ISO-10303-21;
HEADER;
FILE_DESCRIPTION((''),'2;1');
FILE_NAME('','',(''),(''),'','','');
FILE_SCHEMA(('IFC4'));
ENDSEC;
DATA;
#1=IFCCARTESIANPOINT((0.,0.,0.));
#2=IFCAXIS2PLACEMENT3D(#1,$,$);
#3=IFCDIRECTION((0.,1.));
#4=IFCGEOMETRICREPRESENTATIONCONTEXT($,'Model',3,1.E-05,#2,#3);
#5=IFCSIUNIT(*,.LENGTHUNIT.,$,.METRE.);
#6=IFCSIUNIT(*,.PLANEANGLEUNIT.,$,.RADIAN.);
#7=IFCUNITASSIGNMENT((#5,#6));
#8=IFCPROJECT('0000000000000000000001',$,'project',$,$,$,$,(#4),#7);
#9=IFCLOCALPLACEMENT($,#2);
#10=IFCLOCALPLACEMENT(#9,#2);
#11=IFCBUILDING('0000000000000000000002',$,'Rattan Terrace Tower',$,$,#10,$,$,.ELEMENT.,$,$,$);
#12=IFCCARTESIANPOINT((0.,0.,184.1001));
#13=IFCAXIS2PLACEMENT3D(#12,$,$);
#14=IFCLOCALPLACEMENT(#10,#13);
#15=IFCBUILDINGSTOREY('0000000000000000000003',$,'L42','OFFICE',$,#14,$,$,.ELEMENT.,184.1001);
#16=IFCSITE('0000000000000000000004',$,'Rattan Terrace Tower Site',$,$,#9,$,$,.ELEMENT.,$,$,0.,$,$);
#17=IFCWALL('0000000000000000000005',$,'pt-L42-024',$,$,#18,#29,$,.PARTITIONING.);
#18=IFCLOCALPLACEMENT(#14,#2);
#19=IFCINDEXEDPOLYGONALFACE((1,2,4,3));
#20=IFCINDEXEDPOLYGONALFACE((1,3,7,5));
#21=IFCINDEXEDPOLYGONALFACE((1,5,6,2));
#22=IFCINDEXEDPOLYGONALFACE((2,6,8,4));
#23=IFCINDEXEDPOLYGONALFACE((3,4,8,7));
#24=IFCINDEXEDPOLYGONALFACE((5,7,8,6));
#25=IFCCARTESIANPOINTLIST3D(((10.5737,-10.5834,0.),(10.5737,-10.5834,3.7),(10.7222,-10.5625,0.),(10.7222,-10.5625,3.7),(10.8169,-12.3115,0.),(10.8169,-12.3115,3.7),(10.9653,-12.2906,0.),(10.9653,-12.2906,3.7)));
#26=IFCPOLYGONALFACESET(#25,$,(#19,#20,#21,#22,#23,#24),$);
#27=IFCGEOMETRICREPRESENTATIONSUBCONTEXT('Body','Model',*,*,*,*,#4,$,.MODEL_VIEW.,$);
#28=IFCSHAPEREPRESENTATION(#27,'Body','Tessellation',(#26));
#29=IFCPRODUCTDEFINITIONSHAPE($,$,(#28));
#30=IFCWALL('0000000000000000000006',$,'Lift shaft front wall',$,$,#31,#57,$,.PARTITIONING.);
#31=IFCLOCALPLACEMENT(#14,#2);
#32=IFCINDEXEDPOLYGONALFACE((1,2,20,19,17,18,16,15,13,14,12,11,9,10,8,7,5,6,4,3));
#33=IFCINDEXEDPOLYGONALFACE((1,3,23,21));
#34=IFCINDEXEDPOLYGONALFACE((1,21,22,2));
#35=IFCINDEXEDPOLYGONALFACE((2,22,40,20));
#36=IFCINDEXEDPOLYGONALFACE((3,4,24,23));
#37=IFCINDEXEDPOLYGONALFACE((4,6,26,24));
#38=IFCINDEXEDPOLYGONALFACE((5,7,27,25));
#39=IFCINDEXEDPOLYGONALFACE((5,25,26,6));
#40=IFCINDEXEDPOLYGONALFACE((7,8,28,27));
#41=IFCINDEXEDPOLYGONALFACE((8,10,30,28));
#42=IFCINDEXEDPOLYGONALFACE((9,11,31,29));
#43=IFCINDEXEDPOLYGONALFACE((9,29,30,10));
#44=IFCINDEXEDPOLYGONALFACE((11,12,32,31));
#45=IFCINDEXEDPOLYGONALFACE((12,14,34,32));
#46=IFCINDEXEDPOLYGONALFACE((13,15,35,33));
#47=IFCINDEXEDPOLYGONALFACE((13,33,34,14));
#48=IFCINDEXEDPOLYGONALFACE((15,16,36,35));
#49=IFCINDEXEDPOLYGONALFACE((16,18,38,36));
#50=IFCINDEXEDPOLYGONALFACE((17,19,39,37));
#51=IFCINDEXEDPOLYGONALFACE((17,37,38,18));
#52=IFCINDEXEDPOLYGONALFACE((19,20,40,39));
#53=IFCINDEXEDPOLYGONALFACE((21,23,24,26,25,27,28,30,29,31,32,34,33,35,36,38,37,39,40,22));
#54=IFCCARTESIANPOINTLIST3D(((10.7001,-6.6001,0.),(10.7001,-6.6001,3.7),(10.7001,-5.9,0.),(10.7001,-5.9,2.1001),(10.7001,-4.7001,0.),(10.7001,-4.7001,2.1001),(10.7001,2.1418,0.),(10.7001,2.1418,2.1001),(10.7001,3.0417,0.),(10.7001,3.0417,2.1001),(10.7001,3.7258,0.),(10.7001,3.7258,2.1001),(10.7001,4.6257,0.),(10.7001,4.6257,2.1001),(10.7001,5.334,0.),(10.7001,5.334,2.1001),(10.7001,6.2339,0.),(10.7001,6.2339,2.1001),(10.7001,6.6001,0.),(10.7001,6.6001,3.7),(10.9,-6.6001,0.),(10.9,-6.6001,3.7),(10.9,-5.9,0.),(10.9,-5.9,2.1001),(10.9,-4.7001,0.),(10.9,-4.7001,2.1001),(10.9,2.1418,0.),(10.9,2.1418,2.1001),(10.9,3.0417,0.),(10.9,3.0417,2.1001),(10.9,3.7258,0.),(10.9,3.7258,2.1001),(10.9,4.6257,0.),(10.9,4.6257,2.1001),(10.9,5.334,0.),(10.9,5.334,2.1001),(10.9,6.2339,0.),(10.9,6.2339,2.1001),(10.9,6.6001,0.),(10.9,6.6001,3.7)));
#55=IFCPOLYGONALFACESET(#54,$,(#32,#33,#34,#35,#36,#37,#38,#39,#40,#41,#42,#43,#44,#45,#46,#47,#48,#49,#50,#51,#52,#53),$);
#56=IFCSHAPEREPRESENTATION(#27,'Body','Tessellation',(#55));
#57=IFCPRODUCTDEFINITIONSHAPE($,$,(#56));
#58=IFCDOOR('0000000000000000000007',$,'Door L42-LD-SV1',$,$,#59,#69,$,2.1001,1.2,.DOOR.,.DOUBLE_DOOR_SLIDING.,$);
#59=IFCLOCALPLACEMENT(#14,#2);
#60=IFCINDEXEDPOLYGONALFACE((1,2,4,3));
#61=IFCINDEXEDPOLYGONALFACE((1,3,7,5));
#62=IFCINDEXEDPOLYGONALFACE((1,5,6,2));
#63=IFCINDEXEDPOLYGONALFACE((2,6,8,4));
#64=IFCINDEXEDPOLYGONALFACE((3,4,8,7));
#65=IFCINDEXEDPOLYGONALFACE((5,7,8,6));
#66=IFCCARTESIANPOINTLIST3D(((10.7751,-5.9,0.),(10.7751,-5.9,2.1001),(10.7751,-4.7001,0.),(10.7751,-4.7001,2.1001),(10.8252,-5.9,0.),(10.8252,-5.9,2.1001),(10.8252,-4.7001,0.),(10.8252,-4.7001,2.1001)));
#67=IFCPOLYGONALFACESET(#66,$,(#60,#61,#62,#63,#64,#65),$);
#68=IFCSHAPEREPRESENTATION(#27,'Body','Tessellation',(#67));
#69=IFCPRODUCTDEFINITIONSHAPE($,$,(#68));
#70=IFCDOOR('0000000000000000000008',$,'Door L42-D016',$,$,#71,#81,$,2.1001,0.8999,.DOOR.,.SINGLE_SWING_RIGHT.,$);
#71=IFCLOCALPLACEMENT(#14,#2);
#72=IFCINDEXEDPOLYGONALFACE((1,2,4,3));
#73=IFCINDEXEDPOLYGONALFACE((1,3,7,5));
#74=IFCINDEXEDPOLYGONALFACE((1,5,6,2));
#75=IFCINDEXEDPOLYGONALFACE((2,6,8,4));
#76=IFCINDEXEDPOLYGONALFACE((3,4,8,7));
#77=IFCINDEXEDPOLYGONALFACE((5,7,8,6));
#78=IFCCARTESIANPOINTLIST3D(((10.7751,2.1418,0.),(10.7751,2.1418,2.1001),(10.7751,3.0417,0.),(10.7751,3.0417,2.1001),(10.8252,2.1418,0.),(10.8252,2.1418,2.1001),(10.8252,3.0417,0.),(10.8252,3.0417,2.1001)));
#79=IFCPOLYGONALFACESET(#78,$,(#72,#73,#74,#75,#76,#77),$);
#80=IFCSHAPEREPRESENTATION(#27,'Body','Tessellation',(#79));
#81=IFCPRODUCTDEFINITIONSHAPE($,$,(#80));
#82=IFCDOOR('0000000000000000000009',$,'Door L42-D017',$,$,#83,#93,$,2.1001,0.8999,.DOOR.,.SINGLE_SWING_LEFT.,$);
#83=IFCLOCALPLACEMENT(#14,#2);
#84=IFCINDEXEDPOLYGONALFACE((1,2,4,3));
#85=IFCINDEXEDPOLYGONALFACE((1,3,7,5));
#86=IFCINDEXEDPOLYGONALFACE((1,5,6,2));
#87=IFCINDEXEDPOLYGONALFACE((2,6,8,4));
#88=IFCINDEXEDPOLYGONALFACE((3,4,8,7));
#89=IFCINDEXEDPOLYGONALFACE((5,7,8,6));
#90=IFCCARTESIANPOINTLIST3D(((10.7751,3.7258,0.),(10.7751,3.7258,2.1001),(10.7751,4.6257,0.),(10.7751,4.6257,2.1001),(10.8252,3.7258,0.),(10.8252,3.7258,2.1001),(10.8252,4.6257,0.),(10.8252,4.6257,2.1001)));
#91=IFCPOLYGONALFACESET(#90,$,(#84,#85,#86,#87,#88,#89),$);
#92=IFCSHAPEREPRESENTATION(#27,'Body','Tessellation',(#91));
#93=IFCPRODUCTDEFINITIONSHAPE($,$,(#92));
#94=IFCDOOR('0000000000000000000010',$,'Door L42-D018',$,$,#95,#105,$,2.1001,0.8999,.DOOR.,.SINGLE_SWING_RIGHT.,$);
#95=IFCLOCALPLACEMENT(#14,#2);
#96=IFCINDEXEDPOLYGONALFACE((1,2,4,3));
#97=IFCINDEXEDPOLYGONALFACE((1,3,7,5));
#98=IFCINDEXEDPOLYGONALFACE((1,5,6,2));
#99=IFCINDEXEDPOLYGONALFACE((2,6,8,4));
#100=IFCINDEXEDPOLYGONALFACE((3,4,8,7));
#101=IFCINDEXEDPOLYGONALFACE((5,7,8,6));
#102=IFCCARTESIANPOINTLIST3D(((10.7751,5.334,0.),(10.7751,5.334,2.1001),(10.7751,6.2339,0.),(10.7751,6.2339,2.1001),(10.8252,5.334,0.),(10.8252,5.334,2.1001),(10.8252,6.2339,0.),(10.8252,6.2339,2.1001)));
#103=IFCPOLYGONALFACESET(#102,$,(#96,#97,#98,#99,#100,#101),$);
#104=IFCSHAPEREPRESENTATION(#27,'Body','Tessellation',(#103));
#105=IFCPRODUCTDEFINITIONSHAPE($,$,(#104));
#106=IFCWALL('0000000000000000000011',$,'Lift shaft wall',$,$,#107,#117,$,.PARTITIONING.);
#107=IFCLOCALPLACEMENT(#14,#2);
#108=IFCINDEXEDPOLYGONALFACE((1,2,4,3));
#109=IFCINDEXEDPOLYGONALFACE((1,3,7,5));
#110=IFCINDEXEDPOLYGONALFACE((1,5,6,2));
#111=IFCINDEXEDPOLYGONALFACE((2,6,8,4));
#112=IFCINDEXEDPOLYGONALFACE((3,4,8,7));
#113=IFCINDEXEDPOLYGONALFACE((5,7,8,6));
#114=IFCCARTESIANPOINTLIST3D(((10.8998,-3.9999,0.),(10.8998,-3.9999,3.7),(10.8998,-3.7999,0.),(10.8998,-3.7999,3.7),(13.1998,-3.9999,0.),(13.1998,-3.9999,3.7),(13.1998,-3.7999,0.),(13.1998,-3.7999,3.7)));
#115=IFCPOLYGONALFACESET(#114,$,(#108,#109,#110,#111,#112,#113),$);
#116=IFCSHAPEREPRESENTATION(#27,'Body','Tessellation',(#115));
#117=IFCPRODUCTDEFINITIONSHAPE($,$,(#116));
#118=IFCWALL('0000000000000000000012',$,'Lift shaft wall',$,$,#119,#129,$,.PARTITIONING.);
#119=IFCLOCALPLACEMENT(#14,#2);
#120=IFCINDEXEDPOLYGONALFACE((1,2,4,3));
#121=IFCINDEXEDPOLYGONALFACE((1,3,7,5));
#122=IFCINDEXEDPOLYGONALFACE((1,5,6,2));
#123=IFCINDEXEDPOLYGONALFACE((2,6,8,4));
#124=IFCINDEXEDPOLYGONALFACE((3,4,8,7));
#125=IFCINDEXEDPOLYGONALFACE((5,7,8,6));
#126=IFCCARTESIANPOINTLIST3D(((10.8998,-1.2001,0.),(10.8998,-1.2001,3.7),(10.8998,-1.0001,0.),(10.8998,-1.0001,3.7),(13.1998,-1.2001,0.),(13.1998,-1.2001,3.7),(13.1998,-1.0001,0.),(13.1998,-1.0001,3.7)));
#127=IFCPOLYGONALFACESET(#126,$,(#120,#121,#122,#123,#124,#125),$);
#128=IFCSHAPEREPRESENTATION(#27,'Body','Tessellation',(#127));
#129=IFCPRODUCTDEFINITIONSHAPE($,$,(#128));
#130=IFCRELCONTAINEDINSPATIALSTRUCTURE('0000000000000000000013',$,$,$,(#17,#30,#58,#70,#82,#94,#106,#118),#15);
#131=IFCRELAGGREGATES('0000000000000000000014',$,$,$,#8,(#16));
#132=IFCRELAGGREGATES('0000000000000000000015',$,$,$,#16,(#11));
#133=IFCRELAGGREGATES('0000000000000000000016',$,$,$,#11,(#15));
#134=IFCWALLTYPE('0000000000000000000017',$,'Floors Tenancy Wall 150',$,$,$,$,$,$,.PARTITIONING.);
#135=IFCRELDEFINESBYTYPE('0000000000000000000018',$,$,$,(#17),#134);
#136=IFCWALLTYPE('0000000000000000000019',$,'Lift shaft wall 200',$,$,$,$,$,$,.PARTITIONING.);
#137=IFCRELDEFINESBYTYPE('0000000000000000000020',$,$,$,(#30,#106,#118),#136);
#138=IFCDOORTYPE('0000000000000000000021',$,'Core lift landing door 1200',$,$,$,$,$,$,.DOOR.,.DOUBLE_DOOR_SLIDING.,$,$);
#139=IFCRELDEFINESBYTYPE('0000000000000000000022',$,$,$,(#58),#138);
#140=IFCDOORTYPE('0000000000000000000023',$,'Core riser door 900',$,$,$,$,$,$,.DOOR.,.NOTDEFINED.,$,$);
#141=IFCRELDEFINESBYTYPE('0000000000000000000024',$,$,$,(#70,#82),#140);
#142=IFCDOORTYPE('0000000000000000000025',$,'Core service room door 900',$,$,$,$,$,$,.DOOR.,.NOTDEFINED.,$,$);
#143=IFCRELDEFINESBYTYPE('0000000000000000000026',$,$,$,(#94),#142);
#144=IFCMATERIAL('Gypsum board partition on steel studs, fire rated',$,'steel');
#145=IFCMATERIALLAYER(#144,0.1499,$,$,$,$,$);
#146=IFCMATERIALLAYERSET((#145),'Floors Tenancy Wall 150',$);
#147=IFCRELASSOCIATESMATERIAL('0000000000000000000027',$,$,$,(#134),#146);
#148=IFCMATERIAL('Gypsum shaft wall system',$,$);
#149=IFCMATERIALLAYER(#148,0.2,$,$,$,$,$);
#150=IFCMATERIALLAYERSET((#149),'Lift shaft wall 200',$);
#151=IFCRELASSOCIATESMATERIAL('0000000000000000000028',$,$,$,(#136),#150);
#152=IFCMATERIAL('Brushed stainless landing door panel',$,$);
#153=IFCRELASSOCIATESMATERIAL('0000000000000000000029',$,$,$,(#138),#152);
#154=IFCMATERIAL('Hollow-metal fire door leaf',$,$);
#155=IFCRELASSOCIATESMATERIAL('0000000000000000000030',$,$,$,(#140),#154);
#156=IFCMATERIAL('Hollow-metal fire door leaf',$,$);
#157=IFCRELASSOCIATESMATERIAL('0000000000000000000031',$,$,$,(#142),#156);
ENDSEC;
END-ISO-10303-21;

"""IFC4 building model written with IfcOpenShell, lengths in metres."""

from ifc_helpers import new_model, si_unit, direction, frame, frame_2d, origin, place, context, subcontext, project, spatial, rectangle, extrude, material, layer, layer_set, type_object, element, fill, save


model = new_model("IFC4")

# Units and contexts
model_context = context("Model", 3, precision=1e-05, world=origin(), true_north=direction((0.0, 1.0)))
body_context = subcontext(model_context, "Body", "Model", "MODEL_VIEW")
ifc_project = project(units=[si_unit("LENGTHUNIT", "METRE"), si_unit("PLANEANGLEUNIT", "RADIAN")], contexts=[model_context])

# Site, building, storey
site_placement = place(None, origin())
site = spatial("IfcSite", under=ifc_project, at=site_placement, Name="Rattan Terrace Tower Site", CompositionType="ELEMENT", RefElevation=0.0)
building_placement = place(site_placement, origin())
building = spatial("IfcBuilding", under=site, at=building_placement, Name="Rattan Terrace Tower", CompositionType="ELEMENT")
storey_placement = place(building_placement, frame((0.0, 0.0, 184.1001)))
storey = spatial("IfcBuildingStorey", under=building, at=storey_placement, Name="L42", Description="OFFICE", CompositionType="ELEMENT", Elevation=184.1001)

# Shared definitions
ifc_material_1 = material(Name="Gypsum board partition on steel studs, fire rated", Category="steel")
ifc_layer_1 = layer(ifc_material_1, 0.1499)
ifc_layer_set_1 = layer_set([ifc_layer_1], Name="Floors Tenancy Wall 150")
wall_type_1 = type_object("IfcWallType", Name="Floors Tenancy Wall 150", PredefinedType="PARTITIONING", material=ifc_layer_set_1)

# Wall
wall_1_placement = place(storey_placement, frame((10.8911, -12.301, 0.0), z_axis=(0.0, 0.0, 1.0), x_axis=(-0.139345, 0.990244, 0.0)))
element("IfcWall", 1, at=wall_1_placement, inside=storey, type_object=wall_type_1, Name="pt-L42-024", PredefinedType="PARTITIONING", context=body_context, shape_type="SweptSolid", body=[
    extrude(rectangle(XDim=1.7451, YDim=0.1499, at=frame_2d((0.8726, 0.0))), origin(), (0.0, 0.0, 1.0), 3.7),
])

# Wall, openings, doors
ifc_material_2 = material(Name="Gypsum shaft wall system")
ifc_layer_2 = layer(ifc_material_2, 0.2)
ifc_layer_set_2 = layer_set([ifc_layer_2], Name="Lift shaft wall 200")
wall_type_2 = type_object("IfcWallType", Name="Lift shaft wall 200", PredefinedType="PARTITIONING", material=ifc_layer_set_2)
wall_2_placement = place(storey_placement, frame((10.8, -6.6001, 0.0), z_axis=(0.0, 0.0, 1.0), x_axis=(0.0, 1.0, 0.0)))
wall_2 = element("IfcWall", 2, at=wall_2_placement, inside=storey, type_object=wall_type_2, Name="Lift shaft front wall", PredefinedType="PARTITIONING", context=body_context, shape_type="SweptSolid", body=[
    extrude(rectangle(XDim=13.2002, YDim=0.2, at=frame_2d((6.6001, 0.0))), origin(), (0.0, 0.0, 1.0), 3.7),
])
opening_1_placement = place(wall_2_placement, frame((0.7, 0.0, 0.0)))
opening_1 = element("IfcOpeningElement", 3, at=opening_1_placement, cuts=wall_2, PredefinedType="OPENING", context=body_context, shape_type="SweptSolid", body=[
    extrude(rectangle(XDim=1.2, YDim=2.1001, at=frame_2d((0.6001, 1.05))), frame((0.0, 0.1106, 0.0), z_axis=(0.0, -1.0, 0.0), x_axis=(1.0, 0.0, 0.0)), (0.0, 0.0, 1.0), 0.2209),
])
opening_2_placement = place(wall_2_placement, frame((8.7419, 0.0, 0.0)))
opening_2 = element("IfcOpeningElement", 4, at=opening_2_placement, cuts=wall_2, PredefinedType="OPENING", context=body_context, shape_type="SweptSolid", body=[
    extrude(rectangle(XDim=0.8999, YDim=2.1001, at=frame_2d((0.45, 1.05))), frame((0.0, 0.1106, 0.0), z_axis=(0.0, -1.0, 0.0), x_axis=(1.0, 0.0, 0.0)), (0.0, 0.0, 1.0), 0.2209),
])
opening_3_placement = place(wall_2_placement, frame((10.3259, 0.0, 0.0)))
opening_3 = element("IfcOpeningElement", 5, at=opening_3_placement, cuts=wall_2, PredefinedType="OPENING", context=body_context, shape_type="SweptSolid", body=[
    extrude(rectangle(XDim=0.8999, YDim=2.1001, at=frame_2d((0.45, 1.05))), frame((0.0, 0.1106, 0.0), z_axis=(0.0, -1.0, 0.0), x_axis=(1.0, 0.0, 0.0)), (0.0, 0.0, 1.0), 0.2209),
])
opening_4_placement = place(wall_2_placement, frame((11.9341, 0.0, 0.0)))
opening_4 = element("IfcOpeningElement", 6, at=opening_4_placement, cuts=wall_2, PredefinedType="OPENING", context=body_context, shape_type="SweptSolid", body=[
    extrude(rectangle(XDim=0.8999, YDim=2.1001, at=frame_2d((0.45, 1.05))), frame((0.0, 0.1106, 0.0), z_axis=(0.0, -1.0, 0.0), x_axis=(1.0, 0.0, 0.0)), (0.0, 0.0, 1.0), 0.2209),
])
ifc_material_3 = material(Name="Brushed stainless landing door panel")
door_type_1 = type_object("IfcDoorType", Name="Core lift landing door 1200", OperationType="DOUBLE_DOOR_SLIDING", PredefinedType="DOOR", material=ifc_material_3)
door_1_placement = place(opening_1_placement, origin())
door_1 = element("IfcDoor", 7, at=door_1_placement, inside=storey, type_object=door_type_1, Name="Door L42-LD-SV1", OperationType="DOUBLE_DOOR_SLIDING", OverallHeight=2.1001, OverallWidth=1.2, PredefinedType="DOOR", context=body_context, shape_type="SweptSolid", body=[
    extrude(rectangle(XDim=1.2, YDim=2.1001, at=frame_2d((0.6001, 1.05))), frame((0.0, 0.0249, 0.0), z_axis=(0.0, -1.0, 0.0), x_axis=(1.0, 0.0, 0.0)), (0.0, 0.0, 1.0), 0.05),
])
fill(opening_1, door_1)
ifc_material_4 = material(Name="Hollow-metal fire door leaf")
door_type_2 = type_object("IfcDoorType", Name="Core riser door 900", OperationType="NOTDEFINED", PredefinedType="DOOR", material=ifc_material_4)
door_2_placement = place(opening_2_placement, origin())
door_2 = element("IfcDoor", 8, at=door_2_placement, inside=storey, type_object=door_type_2, Name="Door L42-D016", OperationType="SINGLE_SWING_RIGHT", OverallHeight=2.1001, OverallWidth=0.8999, PredefinedType="DOOR", context=body_context, shape_type="SweptSolid", body=[
    extrude(rectangle(XDim=0.8999, YDim=2.1001, at=frame_2d((0.45, 1.05))), frame((0.0, 0.0249, 0.0), z_axis=(0.0, -1.0, 0.0), x_axis=(1.0, 0.0, 0.0)), (0.0, 0.0, 1.0), 0.05),
])
fill(opening_2, door_2)
door_3_placement = place(opening_3_placement, origin())
door_3 = element("IfcDoor", 9, at=door_3_placement, inside=storey, type_object=door_type_2, Name="Door L42-D017", OperationType="SINGLE_SWING_LEFT", OverallHeight=2.1001, OverallWidth=0.8999, PredefinedType="DOOR", context=body_context, shape_type="SweptSolid", body=[
    extrude(rectangle(XDim=0.8999, YDim=2.1001, at=frame_2d((0.45, 1.05))), frame((0.0, 0.0249, 0.0), z_axis=(0.0, -1.0, 0.0), x_axis=(1.0, 0.0, 0.0)), (0.0, 0.0, 1.0), 0.05),
])
fill(opening_3, door_3)
ifc_material_5 = material(Name="Hollow-metal fire door leaf")
door_type_3 = type_object("IfcDoorType", Name="Core service room door 900", OperationType="NOTDEFINED", PredefinedType="DOOR", material=ifc_material_5)
door_4_placement = place(opening_4_placement, origin())
door_4 = element("IfcDoor", 10, at=door_4_placement, inside=storey, type_object=door_type_3, Name="Door L42-D018", OperationType="SINGLE_SWING_RIGHT", OverallHeight=2.1001, OverallWidth=0.8999, PredefinedType="DOOR", context=body_context, shape_type="SweptSolid", body=[
    extrude(rectangle(XDim=0.8999, YDim=2.1001, at=frame_2d((0.45, 1.05))), frame((0.0, 0.0249, 0.0), z_axis=(0.0, -1.0, 0.0), x_axis=(1.0, 0.0, 0.0)), (0.0, 0.0, 1.0), 0.05),
])
fill(opening_4, door_4)

# Walls
for number, where, z_axis, x_axis, name in (
    (11, (10.8999, -3.8999, 0.0), (0.0, 0.0, 1.0), (1.0, 0.0, 0.0), "Lift shaft wall"),
    (12, (10.8999, -1.1001, 0.0), (0.0, 0.0, 1.0), (1.0, 0.0, 0.0), "Lift shaft wall"),
):
    element("IfcWall", number, at=place(storey_placement, frame(where, z_axis=z_axis, x_axis=x_axis)), inside=storey, type_object=wall_type_2, Name=name, PredefinedType="PARTITIONING", context=body_context, shape_type="SweptSolid", body=[
        extrude(rectangle(XDim=2.3, YDim=0.2, at=frame_2d((1.1499, 0.0))), origin(), (0.0, 0.0, 1.0), 3.7),
    ])

save(model, "model.ifc")
